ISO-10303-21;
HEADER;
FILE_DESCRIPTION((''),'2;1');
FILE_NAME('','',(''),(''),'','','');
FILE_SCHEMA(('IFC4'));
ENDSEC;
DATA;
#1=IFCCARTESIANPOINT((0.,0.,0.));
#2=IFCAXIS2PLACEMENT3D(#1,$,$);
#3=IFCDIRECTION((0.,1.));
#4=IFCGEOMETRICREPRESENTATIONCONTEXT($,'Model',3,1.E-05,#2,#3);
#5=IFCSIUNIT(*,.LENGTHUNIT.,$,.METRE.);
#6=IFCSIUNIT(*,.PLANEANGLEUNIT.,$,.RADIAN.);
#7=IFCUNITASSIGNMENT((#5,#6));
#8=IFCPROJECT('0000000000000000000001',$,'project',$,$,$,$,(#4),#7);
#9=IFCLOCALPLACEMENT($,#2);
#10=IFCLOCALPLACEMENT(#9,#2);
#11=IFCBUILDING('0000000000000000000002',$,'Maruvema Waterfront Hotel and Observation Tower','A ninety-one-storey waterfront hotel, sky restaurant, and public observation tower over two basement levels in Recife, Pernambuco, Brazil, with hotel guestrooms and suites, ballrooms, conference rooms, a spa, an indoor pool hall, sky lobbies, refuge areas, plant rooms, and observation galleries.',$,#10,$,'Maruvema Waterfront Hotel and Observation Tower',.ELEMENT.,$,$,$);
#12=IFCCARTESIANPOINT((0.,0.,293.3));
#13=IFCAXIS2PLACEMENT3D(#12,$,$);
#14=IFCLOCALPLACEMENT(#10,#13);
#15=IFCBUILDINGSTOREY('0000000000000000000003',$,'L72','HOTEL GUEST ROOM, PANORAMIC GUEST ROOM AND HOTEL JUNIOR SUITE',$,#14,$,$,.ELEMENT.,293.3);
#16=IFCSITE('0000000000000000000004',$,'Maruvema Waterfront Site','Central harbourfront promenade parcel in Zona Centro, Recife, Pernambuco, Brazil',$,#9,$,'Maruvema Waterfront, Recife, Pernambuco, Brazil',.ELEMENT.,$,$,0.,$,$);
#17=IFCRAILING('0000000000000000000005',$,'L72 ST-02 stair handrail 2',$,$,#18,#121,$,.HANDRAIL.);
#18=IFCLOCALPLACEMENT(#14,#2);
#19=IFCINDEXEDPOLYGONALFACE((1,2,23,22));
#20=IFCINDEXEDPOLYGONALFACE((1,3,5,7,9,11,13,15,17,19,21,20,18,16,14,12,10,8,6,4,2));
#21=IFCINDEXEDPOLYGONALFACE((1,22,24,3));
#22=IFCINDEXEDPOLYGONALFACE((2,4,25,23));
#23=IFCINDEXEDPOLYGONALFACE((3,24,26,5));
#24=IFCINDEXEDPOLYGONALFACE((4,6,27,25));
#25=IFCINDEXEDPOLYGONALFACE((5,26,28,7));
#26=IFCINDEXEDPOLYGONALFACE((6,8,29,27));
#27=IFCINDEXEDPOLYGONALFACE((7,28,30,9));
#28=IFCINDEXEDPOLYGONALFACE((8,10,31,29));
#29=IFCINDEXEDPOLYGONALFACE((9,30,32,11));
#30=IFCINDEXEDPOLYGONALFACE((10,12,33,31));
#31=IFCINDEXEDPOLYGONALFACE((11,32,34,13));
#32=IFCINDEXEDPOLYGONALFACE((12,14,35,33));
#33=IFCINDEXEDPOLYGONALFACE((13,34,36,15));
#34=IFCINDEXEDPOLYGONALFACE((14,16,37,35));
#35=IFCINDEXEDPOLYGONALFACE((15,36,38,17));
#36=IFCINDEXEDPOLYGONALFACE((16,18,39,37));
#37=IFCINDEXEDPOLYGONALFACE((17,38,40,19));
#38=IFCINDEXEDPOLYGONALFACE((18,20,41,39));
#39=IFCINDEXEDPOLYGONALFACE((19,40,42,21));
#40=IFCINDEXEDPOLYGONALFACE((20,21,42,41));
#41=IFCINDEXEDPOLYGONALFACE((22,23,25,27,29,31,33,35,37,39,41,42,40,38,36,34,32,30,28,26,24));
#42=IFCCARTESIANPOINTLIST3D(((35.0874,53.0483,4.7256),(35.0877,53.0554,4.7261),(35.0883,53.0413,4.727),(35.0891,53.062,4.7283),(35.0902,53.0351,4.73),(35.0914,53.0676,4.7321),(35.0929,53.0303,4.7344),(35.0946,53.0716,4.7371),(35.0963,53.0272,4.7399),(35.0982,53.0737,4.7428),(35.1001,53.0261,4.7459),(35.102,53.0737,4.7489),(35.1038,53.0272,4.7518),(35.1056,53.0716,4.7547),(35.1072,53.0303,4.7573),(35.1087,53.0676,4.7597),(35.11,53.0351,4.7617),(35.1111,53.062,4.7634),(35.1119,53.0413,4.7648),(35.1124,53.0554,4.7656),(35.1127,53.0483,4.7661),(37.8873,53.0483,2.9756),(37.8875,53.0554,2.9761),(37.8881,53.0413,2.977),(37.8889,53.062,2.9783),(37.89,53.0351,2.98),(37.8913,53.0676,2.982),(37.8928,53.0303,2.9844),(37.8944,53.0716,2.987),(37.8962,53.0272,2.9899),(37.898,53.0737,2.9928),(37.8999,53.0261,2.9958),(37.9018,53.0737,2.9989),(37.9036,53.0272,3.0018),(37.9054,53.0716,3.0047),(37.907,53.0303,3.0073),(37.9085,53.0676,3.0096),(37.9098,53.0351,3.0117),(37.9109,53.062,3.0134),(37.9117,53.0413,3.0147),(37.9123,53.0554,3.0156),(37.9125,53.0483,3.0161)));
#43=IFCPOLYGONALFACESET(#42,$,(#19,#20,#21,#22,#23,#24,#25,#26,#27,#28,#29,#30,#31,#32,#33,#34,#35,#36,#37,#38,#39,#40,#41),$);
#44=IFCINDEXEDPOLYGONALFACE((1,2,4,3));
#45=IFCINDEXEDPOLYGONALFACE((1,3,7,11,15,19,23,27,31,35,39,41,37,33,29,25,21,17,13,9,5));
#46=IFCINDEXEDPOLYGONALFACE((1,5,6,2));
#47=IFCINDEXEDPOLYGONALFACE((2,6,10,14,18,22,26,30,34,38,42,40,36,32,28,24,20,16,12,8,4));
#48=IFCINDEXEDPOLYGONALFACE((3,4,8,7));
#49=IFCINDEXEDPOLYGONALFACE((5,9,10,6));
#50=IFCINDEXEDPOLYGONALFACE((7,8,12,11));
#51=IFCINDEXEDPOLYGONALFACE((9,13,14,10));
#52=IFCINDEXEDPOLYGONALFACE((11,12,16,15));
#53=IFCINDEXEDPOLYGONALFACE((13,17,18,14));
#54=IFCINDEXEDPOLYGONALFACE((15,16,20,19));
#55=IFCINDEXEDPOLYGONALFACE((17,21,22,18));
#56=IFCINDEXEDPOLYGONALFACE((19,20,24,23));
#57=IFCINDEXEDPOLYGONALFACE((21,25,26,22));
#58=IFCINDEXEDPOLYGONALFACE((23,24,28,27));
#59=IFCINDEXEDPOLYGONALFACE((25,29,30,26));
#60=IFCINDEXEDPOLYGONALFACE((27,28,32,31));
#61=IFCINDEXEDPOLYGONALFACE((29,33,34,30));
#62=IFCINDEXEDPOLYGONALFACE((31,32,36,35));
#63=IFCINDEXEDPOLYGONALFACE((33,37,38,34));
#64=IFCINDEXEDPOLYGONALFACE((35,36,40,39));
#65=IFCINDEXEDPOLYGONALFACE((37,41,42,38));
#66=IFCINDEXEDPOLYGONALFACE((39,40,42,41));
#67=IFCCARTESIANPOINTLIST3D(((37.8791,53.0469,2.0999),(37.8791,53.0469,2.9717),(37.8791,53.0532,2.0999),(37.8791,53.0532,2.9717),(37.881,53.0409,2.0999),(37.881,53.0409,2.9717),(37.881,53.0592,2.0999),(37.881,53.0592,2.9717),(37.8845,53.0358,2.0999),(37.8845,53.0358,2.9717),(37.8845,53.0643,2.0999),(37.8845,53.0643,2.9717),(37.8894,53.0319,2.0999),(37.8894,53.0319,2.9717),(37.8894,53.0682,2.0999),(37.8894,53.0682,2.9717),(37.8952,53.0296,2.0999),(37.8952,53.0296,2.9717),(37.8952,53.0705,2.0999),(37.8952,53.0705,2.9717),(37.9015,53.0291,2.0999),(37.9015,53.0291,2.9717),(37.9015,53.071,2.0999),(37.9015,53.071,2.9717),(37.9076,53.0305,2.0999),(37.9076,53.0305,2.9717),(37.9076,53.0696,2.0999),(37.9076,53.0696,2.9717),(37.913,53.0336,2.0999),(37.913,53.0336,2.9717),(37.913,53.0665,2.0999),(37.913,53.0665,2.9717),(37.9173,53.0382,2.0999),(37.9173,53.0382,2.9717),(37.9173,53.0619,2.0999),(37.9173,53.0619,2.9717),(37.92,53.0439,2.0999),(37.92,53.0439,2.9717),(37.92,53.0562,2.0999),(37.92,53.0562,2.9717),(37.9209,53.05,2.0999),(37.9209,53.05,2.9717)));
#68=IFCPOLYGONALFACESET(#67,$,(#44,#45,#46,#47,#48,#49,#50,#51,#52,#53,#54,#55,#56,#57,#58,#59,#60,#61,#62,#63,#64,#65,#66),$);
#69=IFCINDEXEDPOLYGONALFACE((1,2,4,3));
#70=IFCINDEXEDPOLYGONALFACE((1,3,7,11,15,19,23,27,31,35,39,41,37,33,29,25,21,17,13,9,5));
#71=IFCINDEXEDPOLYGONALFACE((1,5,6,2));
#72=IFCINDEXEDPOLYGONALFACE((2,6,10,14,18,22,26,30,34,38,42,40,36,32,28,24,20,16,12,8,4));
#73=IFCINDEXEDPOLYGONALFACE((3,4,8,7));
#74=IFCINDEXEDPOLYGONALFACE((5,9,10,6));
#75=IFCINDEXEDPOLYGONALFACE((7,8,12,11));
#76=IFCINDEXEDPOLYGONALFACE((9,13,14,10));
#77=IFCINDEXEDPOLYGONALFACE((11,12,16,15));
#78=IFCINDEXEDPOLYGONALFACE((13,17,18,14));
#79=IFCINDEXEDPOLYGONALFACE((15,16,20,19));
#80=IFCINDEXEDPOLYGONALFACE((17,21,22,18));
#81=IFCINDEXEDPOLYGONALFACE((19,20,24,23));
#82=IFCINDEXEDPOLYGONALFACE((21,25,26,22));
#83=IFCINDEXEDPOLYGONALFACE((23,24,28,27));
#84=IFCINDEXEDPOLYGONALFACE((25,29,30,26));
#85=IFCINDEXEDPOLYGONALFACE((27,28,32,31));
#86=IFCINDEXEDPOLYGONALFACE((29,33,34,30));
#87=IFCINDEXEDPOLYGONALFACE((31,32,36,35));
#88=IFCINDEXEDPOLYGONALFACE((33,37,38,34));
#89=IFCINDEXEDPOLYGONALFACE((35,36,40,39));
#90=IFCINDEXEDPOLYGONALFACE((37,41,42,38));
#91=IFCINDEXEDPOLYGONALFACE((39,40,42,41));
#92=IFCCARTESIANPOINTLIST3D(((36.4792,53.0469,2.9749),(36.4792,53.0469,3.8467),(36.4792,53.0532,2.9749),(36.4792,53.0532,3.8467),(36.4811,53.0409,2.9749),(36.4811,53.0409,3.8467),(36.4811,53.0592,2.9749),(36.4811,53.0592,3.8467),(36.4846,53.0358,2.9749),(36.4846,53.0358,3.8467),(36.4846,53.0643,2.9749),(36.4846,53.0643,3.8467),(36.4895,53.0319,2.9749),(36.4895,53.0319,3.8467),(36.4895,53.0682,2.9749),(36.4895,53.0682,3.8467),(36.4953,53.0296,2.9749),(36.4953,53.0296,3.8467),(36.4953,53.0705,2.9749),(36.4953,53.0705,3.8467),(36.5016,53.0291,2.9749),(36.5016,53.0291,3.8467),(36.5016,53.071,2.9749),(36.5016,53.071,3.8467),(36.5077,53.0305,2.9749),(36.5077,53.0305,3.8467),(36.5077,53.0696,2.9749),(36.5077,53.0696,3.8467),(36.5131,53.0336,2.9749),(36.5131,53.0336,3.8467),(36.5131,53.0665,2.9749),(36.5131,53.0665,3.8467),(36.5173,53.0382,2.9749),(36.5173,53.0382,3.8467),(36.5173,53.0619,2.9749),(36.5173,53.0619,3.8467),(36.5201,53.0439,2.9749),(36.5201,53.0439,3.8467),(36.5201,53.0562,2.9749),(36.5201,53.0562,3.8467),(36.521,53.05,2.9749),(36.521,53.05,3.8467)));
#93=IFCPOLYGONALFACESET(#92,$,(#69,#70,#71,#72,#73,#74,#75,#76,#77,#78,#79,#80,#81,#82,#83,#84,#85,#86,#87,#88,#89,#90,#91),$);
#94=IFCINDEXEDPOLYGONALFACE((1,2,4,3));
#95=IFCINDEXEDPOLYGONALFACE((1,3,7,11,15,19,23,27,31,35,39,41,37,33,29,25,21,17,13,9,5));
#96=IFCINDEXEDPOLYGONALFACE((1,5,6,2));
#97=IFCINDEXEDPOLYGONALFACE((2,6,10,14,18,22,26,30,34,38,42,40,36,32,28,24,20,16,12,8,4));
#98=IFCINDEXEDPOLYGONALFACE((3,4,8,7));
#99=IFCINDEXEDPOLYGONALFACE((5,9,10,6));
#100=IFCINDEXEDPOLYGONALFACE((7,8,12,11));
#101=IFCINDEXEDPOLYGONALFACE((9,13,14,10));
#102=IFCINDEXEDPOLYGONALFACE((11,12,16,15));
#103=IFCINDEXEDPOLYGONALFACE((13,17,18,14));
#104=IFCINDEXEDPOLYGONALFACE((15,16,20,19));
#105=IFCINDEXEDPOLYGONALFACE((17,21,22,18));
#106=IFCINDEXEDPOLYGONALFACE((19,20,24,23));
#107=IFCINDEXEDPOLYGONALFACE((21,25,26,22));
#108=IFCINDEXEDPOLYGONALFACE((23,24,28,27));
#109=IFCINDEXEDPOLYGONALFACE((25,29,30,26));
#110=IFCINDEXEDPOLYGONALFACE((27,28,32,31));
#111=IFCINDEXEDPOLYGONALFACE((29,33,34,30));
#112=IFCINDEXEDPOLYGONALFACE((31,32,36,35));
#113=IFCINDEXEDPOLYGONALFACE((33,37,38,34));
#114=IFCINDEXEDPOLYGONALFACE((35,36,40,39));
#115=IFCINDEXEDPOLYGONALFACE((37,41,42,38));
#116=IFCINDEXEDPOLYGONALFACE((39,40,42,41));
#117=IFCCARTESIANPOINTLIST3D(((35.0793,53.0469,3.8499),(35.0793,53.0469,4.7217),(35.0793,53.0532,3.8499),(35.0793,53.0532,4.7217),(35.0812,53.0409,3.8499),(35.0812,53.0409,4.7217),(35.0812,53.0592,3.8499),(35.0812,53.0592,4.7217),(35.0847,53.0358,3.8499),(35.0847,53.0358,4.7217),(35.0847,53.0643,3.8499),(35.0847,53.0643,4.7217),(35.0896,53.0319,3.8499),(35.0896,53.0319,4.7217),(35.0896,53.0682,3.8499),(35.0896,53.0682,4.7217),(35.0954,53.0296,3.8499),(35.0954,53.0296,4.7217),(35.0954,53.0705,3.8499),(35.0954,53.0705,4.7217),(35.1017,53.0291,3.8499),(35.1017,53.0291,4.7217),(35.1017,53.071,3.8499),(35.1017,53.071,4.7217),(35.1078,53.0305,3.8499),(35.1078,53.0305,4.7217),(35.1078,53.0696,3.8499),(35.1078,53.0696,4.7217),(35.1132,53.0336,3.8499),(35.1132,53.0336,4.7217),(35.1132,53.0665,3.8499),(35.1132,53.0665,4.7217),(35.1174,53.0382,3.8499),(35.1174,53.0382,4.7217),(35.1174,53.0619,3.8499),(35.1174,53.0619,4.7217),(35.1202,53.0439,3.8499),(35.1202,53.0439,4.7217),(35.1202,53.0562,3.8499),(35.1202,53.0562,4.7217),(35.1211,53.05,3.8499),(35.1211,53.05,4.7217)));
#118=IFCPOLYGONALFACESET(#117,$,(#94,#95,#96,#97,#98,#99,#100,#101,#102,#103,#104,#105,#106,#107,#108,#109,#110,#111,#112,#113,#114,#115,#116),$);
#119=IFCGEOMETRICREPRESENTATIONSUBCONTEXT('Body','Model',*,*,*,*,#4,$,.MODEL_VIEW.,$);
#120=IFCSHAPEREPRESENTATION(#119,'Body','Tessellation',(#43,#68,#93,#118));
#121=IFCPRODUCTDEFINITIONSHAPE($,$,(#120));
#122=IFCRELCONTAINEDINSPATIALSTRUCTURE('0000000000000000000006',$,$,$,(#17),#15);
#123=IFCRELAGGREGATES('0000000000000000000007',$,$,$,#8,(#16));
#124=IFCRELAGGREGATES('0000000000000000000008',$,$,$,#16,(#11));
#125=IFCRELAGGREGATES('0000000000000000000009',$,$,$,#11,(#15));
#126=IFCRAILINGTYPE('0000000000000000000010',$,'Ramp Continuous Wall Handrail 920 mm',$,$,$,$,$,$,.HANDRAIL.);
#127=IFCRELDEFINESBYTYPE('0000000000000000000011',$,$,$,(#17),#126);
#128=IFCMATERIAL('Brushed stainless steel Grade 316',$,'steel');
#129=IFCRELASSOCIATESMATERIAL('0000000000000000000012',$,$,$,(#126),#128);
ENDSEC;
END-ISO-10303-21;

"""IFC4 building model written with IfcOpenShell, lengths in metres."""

from ifc_helpers import new_model, si_unit, direction, frame, origin, origin_2d, place, context, subcontext, project, spatial, circle, extrude, material, type_object, element, save


model = new_model("IFC4")

# Units and contexts
model_context = context("Model", 3, precision=1e-05, world=origin(), true_north=direction((0.0, 1.0)))
body_context = subcontext(model_context, "Body", "Model", "MODEL_VIEW")
ifc_project = project(units=[si_unit("LENGTHUNIT", "METRE"), si_unit("PLANEANGLEUNIT", "RADIAN")], contexts=[model_context])

# Site, building, storey
site_placement = place(None, origin())
site = spatial("IfcSite", under=ifc_project, at=site_placement, Name="Maruvema Waterfront Site", Description="Central harbourfront promenade parcel in Zona Centro, Recife, Pernambuco, Brazil", LongName="Maruvema Waterfront, Recife, Pernambuco, Brazil", CompositionType="ELEMENT", RefElevation=0.0)
building_placement = place(site_placement, origin())
building = spatial("IfcBuilding", under=site, at=building_placement, Name="Maruvema Waterfront Hotel and Observation Tower", Description="A ninety-one-storey waterfront hotel, sky restaurant, and public observation tower over two basement levels in Recife, Pernambuco, Brazil, with hotel guestrooms and suites, ballrooms, conference rooms, a spa, an indoor pool hall, sky lobbies, refuge areas, plant rooms, and observation galleries.", LongName="Maruvema Waterfront Hotel and Observation Tower", CompositionType="ELEMENT")
storey_placement = place(building_placement, frame((0.0, 0.0, 293.3)))
storey = spatial("IfcBuildingStorey", under=building, at=storey_placement, Name="L72", Description="HOTEL GUEST ROOM, PANORAMIC GUEST ROOM AND HOTEL JUNIOR SUITE", CompositionType="ELEMENT", Elevation=293.3)

# Railing
ifc_material_1 = material(Name="Brushed stainless steel Grade 316", Category="steel")
railing_type_1 = type_object("IfcRailingType", Name="Ramp Continuous Wall Handrail 920 mm", PredefinedType="HANDRAIL", material=ifc_material_1)
railing_1_placement = place(storey_placement, frame((37.8999, 53.05, 2.0999)))
element("IfcRailing", 1, at=railing_1_placement, inside=storey, type_object=railing_type_1, Name="L72 ST-02 stair handrail 2", PredefinedType="HANDRAIL", context=body_context, shape_type="SweptSolid", body=[
    extrude(circle(Radius=0.0239, at=origin_2d()), frame((0.0, 0.0, 0.896), z_axis=(-0.847982, 0.0, 0.530026), x_axis=(0.0, -1.0, 0.0)), (0.0, 0.0, 1.0), 3.3018),
    extrude(circle(Radius=0.021, at=origin_2d()), origin(), (0.0, 0.0, 1.0), 0.8718),
    extrude(circle(Radius=0.021, at=origin_2d()), frame((-1.3999, 0.0, 0.875)), (0.0, 0.0, 1.0), 0.8718),
    extrude(circle(Radius=0.021, at=origin_2d()), frame((-2.7998, 0.0, 1.75)), (0.0, 0.0, 1.0), 0.8718),
])

save(model, "model.ifc")
